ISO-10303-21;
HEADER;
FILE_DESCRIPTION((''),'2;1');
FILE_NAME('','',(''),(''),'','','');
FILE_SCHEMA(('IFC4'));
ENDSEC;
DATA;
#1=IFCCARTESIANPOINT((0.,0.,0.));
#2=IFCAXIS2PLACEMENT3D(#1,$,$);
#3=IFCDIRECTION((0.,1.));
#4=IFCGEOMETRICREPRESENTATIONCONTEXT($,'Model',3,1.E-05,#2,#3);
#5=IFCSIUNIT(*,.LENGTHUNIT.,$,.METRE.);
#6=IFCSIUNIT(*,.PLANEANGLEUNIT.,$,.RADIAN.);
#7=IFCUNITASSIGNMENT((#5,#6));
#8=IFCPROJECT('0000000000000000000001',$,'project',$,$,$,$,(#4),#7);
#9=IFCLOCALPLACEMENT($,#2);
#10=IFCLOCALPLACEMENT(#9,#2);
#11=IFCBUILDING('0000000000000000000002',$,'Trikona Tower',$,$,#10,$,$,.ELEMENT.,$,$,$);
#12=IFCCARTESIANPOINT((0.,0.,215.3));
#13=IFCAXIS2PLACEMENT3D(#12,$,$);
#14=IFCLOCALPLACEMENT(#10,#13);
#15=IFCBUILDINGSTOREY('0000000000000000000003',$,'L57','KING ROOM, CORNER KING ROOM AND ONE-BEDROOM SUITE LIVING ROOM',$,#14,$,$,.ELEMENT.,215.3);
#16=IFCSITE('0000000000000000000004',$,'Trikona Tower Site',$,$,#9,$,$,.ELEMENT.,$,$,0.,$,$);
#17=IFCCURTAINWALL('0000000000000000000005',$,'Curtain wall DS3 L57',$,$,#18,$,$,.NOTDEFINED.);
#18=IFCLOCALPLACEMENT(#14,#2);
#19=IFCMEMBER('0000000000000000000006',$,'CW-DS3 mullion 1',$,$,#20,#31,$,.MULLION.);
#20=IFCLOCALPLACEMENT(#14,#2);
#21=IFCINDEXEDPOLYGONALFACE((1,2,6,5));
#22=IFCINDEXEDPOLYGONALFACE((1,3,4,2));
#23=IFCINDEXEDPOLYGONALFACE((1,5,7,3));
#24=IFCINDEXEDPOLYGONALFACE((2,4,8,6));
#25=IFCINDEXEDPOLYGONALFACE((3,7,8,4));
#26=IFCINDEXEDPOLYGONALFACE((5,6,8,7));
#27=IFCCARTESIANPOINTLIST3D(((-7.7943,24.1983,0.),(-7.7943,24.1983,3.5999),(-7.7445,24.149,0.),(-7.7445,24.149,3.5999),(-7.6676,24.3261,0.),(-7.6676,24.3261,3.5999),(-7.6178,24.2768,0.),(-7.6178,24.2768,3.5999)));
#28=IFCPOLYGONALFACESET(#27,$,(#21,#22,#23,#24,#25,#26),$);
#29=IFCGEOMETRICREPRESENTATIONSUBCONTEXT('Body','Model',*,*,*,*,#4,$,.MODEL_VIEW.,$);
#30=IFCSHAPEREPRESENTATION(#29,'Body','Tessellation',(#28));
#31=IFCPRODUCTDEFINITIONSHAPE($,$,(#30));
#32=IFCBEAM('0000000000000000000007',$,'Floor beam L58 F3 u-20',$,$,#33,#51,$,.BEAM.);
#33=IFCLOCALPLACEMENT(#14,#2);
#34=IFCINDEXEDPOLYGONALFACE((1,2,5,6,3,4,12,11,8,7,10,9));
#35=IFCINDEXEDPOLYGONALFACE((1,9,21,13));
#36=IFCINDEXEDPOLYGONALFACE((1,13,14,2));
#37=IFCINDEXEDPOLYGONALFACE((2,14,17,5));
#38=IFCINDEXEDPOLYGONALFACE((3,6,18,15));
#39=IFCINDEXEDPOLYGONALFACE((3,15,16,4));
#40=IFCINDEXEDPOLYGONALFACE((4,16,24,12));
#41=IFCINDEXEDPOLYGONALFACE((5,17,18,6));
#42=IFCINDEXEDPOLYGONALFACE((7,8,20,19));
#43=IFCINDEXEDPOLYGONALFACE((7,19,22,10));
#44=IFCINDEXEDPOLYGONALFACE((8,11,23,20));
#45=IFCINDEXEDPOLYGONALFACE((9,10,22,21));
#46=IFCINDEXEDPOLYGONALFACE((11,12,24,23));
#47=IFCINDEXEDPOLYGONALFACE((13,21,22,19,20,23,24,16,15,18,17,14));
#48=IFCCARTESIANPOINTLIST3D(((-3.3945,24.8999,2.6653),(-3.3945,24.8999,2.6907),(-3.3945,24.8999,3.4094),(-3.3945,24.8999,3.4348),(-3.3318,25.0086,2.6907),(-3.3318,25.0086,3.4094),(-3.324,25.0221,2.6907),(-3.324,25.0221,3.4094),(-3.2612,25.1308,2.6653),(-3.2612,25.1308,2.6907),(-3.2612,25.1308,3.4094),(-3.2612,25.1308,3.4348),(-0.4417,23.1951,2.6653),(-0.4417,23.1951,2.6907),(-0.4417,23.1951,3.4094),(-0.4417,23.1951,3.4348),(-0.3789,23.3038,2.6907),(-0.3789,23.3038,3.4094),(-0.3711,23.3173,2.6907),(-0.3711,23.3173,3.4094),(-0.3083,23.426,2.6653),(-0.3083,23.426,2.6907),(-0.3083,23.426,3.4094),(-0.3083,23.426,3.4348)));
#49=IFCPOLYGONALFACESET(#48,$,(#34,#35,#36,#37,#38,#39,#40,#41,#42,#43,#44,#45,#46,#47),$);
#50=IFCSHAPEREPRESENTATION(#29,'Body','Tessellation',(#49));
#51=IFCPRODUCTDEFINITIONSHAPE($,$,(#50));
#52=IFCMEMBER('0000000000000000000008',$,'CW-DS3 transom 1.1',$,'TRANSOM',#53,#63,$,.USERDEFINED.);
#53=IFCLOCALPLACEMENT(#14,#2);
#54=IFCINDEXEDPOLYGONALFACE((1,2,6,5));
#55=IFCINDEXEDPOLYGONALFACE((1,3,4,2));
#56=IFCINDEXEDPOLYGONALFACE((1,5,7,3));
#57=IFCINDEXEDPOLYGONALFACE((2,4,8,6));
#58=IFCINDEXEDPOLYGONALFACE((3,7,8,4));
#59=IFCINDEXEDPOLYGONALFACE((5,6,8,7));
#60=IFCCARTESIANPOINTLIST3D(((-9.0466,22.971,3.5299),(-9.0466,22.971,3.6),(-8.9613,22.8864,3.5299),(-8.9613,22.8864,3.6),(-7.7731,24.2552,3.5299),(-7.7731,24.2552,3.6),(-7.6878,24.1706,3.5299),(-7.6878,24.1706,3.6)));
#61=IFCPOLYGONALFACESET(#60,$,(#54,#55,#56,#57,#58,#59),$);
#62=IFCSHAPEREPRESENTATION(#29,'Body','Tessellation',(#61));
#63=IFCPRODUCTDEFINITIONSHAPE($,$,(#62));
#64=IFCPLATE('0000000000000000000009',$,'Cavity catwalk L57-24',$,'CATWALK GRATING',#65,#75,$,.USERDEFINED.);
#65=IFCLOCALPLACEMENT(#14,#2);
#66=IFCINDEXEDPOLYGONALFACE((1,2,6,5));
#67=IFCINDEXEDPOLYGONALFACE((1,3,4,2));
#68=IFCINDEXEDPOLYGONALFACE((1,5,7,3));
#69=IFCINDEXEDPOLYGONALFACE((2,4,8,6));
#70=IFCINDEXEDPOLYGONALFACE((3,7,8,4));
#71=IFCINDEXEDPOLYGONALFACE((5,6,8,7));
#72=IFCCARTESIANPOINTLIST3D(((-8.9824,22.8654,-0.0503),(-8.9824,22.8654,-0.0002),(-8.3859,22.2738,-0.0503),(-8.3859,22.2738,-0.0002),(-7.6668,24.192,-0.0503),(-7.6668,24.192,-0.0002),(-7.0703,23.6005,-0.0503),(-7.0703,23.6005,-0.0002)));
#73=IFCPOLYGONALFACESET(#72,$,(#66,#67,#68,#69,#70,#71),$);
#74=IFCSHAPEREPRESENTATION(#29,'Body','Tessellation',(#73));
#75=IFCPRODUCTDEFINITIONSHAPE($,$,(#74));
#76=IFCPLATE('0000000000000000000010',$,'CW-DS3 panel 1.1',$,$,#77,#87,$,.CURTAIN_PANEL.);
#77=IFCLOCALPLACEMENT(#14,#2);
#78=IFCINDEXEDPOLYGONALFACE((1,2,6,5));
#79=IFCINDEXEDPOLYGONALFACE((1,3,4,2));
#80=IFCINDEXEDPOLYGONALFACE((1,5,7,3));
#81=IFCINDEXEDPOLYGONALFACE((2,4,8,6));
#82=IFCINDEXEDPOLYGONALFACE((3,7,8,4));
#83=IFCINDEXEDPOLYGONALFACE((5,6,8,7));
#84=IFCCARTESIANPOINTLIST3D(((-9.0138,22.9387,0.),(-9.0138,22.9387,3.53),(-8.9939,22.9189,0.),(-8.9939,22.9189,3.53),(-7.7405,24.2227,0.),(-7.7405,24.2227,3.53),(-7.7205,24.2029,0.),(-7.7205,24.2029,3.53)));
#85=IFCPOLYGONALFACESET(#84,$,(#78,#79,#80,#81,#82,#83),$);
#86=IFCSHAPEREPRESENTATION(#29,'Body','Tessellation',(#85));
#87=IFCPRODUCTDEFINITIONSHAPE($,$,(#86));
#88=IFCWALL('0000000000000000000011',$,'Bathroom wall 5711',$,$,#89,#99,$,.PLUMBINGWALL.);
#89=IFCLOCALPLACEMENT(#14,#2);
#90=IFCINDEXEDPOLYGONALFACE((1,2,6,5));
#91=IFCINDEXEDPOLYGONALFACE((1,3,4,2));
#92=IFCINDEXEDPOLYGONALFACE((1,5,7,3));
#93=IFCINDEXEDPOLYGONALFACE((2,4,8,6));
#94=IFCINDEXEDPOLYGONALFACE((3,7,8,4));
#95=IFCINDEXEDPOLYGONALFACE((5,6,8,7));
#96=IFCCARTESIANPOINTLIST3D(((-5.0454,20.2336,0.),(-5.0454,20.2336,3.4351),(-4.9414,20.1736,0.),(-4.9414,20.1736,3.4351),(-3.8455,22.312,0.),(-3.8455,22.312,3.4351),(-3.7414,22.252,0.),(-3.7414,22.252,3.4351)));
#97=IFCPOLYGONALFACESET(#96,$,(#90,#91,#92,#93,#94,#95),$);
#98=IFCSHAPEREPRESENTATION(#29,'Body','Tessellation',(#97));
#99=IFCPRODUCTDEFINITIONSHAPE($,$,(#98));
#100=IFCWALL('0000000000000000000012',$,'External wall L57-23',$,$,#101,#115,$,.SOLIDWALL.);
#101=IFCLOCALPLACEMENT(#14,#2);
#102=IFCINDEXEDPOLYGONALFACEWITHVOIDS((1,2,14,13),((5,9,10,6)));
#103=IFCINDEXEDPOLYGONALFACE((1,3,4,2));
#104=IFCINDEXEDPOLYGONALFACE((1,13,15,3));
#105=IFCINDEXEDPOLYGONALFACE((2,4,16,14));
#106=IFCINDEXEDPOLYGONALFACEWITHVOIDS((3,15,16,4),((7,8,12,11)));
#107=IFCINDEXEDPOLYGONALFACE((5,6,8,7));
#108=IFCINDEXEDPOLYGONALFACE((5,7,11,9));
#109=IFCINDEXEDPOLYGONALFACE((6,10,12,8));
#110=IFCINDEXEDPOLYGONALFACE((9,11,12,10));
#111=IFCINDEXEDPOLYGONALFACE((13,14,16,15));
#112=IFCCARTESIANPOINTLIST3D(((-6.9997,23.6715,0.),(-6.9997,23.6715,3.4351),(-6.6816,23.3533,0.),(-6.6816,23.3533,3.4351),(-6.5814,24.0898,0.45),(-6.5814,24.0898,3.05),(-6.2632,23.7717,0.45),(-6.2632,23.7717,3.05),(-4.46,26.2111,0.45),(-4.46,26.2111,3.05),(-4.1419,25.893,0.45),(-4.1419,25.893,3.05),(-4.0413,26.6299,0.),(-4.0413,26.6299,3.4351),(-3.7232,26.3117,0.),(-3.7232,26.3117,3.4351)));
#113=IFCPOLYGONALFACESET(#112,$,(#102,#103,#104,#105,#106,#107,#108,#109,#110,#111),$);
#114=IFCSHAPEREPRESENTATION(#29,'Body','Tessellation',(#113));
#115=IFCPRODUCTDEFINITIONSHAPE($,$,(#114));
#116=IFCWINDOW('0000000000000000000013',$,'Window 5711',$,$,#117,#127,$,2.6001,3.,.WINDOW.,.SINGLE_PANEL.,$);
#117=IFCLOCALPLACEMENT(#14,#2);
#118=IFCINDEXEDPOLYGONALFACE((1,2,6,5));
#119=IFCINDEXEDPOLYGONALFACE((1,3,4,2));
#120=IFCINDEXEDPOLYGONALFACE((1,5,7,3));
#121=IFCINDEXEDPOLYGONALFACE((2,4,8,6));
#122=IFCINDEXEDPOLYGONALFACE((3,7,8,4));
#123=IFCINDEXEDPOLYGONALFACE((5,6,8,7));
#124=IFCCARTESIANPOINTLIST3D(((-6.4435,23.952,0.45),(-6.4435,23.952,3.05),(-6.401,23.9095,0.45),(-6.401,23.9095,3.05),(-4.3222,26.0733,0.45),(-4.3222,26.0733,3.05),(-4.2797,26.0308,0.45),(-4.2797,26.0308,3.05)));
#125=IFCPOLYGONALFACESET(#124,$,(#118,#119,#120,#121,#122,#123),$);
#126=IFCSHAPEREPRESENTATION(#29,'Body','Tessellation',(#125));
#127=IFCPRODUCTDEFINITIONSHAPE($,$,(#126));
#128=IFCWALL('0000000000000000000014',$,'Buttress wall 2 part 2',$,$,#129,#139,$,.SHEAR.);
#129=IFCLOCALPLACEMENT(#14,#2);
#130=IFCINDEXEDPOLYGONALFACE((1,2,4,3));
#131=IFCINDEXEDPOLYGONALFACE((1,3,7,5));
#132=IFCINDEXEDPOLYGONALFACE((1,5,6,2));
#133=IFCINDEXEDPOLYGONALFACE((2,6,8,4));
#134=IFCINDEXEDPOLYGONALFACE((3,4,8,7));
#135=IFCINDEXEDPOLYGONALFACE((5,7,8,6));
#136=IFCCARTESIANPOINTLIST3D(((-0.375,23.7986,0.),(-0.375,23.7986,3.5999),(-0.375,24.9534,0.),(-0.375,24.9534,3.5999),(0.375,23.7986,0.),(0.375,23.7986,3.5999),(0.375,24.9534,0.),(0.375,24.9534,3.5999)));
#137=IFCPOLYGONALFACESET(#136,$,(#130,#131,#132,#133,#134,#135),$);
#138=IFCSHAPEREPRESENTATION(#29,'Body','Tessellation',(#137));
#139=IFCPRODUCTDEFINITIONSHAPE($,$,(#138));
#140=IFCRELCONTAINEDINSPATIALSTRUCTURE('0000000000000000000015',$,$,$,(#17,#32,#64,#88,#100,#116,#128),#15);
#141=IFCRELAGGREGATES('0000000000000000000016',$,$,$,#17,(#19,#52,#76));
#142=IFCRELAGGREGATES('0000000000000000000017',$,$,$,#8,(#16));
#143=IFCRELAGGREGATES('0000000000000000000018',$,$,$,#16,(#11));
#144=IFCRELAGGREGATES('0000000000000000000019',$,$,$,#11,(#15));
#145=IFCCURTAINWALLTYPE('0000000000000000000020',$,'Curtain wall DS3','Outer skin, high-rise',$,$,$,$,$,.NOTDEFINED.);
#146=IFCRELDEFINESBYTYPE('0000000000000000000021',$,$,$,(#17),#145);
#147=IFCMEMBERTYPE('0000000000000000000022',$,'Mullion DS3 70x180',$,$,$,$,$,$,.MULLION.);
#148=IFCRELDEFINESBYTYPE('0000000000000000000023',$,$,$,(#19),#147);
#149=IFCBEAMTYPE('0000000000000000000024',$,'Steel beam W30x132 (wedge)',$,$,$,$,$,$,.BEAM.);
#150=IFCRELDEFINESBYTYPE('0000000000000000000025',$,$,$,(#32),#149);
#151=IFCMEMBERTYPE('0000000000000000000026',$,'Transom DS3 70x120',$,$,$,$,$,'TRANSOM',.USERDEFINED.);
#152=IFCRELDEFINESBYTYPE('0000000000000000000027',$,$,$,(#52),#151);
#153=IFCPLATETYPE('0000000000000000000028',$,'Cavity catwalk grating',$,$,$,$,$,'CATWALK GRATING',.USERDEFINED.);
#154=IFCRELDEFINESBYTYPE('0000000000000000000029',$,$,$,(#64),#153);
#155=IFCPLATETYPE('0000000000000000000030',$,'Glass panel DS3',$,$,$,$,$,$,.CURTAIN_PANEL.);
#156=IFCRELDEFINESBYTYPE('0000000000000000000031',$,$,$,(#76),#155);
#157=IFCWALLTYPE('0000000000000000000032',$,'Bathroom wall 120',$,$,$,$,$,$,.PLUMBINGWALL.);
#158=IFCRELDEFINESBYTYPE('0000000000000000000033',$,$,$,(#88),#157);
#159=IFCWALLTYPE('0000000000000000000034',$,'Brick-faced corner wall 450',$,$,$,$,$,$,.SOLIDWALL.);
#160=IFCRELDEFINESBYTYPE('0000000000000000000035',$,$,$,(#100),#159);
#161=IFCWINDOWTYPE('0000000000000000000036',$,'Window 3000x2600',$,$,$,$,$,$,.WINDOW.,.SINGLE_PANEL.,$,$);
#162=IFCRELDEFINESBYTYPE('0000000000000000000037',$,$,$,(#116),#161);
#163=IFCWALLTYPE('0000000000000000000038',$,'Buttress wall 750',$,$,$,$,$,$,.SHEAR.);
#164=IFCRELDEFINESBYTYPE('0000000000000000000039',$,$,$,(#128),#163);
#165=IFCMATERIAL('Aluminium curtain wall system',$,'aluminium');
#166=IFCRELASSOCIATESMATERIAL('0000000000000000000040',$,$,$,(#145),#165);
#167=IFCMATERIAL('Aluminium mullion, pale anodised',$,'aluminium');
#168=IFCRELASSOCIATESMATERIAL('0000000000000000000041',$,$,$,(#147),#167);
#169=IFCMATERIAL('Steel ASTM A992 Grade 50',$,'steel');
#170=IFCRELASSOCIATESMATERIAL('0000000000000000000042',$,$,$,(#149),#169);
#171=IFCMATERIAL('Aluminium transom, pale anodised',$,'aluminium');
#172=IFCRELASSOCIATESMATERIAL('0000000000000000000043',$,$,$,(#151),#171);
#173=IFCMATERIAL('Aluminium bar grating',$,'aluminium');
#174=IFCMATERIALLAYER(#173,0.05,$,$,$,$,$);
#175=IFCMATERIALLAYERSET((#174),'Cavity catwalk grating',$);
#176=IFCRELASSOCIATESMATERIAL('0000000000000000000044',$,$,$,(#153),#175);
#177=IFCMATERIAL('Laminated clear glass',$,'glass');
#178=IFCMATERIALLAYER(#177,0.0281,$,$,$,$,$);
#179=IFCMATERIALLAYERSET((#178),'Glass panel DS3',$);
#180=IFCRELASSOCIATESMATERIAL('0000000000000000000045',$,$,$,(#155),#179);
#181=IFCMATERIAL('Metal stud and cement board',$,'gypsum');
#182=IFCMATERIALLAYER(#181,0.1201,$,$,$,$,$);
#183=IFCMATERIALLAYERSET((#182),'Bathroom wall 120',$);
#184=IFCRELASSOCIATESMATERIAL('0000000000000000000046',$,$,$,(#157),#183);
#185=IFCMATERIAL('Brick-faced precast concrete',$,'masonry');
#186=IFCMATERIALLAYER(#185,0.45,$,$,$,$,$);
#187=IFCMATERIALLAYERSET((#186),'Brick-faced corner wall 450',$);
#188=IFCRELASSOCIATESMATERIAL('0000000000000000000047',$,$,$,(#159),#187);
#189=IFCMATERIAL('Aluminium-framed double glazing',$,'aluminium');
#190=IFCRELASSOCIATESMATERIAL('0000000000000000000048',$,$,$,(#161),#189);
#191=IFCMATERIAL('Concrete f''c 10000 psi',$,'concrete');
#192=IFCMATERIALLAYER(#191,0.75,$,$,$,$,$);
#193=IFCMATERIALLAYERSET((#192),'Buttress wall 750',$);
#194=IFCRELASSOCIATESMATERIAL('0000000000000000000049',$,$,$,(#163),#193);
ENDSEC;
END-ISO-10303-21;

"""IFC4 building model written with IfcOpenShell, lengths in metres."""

from ifc_helpers import new_model, si_unit, direction, frame, frame_2d, origin, origin_2d, place, context, subcontext, project, spatial, rectangle, i_section, extrude, material, layer, layer_set, material_profile, profile_set, type_object, element, fill, aggregate, save


model = new_model("IFC4")

# Units and contexts
model_context = context("Model", 3, precision=1e-05, world=origin(), true_north=direction((0.0, 1.0)))
body_context = subcontext(model_context, "Body", "Model", "MODEL_VIEW")
ifc_project = project(units=[si_unit("LENGTHUNIT", "METRE"), si_unit("PLANEANGLEUNIT", "RADIAN")], contexts=[model_context])

# Site, building, storey
site_placement = place(None, origin())
site = spatial("IfcSite", under=ifc_project, at=site_placement, Name="Trikona Tower Site", CompositionType="ELEMENT", RefElevation=0.0)
building_placement = place(site_placement, origin())
building = spatial("IfcBuilding", under=site, at=building_placement, Name="Trikona Tower", CompositionType="ELEMENT")
storey_placement = place(building_placement, frame((0.0, 0.0, 215.3)))
storey = spatial("IfcBuildingStorey", under=building, at=storey_placement, Name="L57", Description="KING ROOM, CORNER KING ROOM AND ONE-BEDROOM SUITE LIVING ROOM", CompositionType="ELEMENT", Elevation=215.3)

# Curtain wall, member
ifc_material_1 = material(Name="Aluminium curtain wall system", Category="aluminium")
curtain_wall_type = type_object("IfcCurtainWallType", Name="Curtain wall DS3", Description="Outer skin, high-rise", PredefinedType="NOTDEFINED", material=ifc_material_1)
curtain_wall_placement = place(storey_placement, origin())
curtain_wall = element("IfcCurtainWall", 1, at=curtain_wall_placement, inside=storey, type_object=curtain_wall_type, Name="Curtain wall DS3 L57", PredefinedType="NOTDEFINED")
ifc_material_2 = material(Name="Aluminium mullion, pale anodised", Category="aluminium")
ifc_material_profile_1 = material_profile(ifc_material_2, rectangle(XDim=0.0701, YDim=0.1799, at=origin_2d()), Name="MUL-DS3")
ifc_profile_set_1 = profile_set([ifc_material_profile_1], Name="Aluminium mullion, pale anodised")
member_type_1 = type_object("IfcMemberType", Name="Mullion DS3 70x180", PredefinedType="MULLION", material=ifc_profile_set_1)
member_1_placement = place(storey_placement, frame((-7.7061, 24.2375, 0.0), z_axis=(0.0, 0.0, 1.0), x_axis=(0.710052, -0.704149, 0.0)))
member_1 = element("IfcMember", 2, at=member_1_placement, type_object=member_type_1, Name="CW-DS3 mullion 1", PredefinedType="MULLION", context=body_context, shape_type="SweptSolid", body=[
    extrude(rectangle(XDim=0.0701, YDim=0.1799, at=origin_2d()), origin(), (0.0, 0.0, 1.0), 3.5999),
])

# Beam
ifc_material_3 = material(Name="Steel ASTM A992 Grade 50", Category="steel")
ifc_material_profile_2 = material_profile(ifc_material_3, i_section(OverallWidth=0.2666, OverallDepth=0.7695, WebThickness=0.0156, FlangeThickness=0.0254, at=origin_2d()), Name="W30X132")
ifc_profile_set_2 = profile_set([ifc_material_profile_2], Name="Steel ASTM A992 Grade 50")
beam_type = type_object("IfcBeamType", Name="Steel beam W30x132 (wedge)", PredefinedType="BEAM", material=ifc_profile_set_2)
beam_placement = place(storey_placement, frame((-0.375, 23.3105, 3.05), z_axis=(-0.866027, 0.499997, 0.0), x_axis=(-0.499997, -0.866027, 0.0)))
element("IfcBeam", 3, at=beam_placement, inside=storey, type_object=beam_type, Name="Floor beam L58 F3 u-20", PredefinedType="BEAM", context=body_context, shape_type="SweptSolid", body=[
    extrude(i_section(OverallWidth=0.2666, OverallDepth=0.7695, WebThickness=0.0156, FlangeThickness=0.0254, at=origin_2d()), origin(), (0.0, 0.0, 1.0), 3.4097),
])

# Member
ifc_material_4 = material(Name="Aluminium transom, pale anodised", Category="aluminium")
ifc_material_profile_3 = material_profile(ifc_material_4, rectangle(XDim=0.1201, YDim=0.0701, at=origin_2d()), Name="TRN-DS3")
ifc_profile_set_3 = profile_set([ifc_material_profile_3], Name="Aluminium transom, pale anodised")
member_type_2 = type_object("IfcMemberType", Name="Transom DS3 70x120", ElementType="TRANSOM", PredefinedType="USERDEFINED", material=ifc_profile_set_3)
member_2_placement = place(storey_placement, frame((-7.7305, 24.2129, 3.5649), z_axis=(-0.704131, -0.71007, 0.0), x_axis=(0.71007, -0.704131, 0.0)))
member_2 = element("IfcMember", 4, at=member_2_placement, type_object=member_type_2, Name="CW-DS3 transom 1.1", ObjectType="TRANSOM", PredefinedType="USERDEFINED", context=body_context, shape_type="SweptSolid", body=[
    extrude(rectangle(XDim=0.1201, YDim=0.0701, at=origin_2d()), origin(), (0.0, 0.0, 1.0), 1.8086),
])

# Plates
ifc_material_5 = material(Name="Aluminium bar grating", Category="aluminium")
ifc_layer_1 = layer(ifc_material_5, 0.05)
ifc_layer_set_1 = layer_set([ifc_layer_1], Name="Cavity catwalk grating")
plate_type_1 = type_object("IfcPlateType", Name="Cavity catwalk grating", ElementType="CATWALK GRATING", PredefinedType="USERDEFINED", material=ifc_layer_set_1)
plate_1_placement = place(storey_placement, frame((-8.0264, 23.2329, -0.0503), z_axis=(0.0, 0.0, 1.0), x_axis=(-0.704151, -0.71005, 0.0)))
element("IfcPlate", 5, at=plate_1_placement, inside=storey, type_object=plate_type_1, Name="Cavity catwalk L57-24", ObjectType="CATWALK GRATING", PredefinedType="USERDEFINED", context=body_context, shape_type="SweptSolid", body=[
    extrude(rectangle(XDim=1.8684, YDim=0.8401, at=origin_2d()), origin(), (0.0, 0.0, 1.0), 0.05),
])
ifc_material_6 = material(Name="Laminated clear glass", Category="glass")
ifc_layer_2 = layer(ifc_material_6, 0.0281)
ifc_layer_set_2 = layer_set([ifc_layer_2], Name="Glass panel DS3")
plate_type_2 = type_object("IfcPlateType", Name="Glass panel DS3", PredefinedType="CURTAIN_PANEL", material=ifc_layer_set_2)
plate_2_placement = place(storey_placement, frame((-8.3672, 23.5708, 0.0), z_axis=(0.0, 0.0, 1.0), x_axis=(-0.704149, -0.710052, 0.0)))
plate_2 = element("IfcPlate", 6, at=plate_2_placement, type_object=plate_type_2, Name="CW-DS3 panel 1.1", PredefinedType="CURTAIN_PANEL", context=body_context, shape_type="SweptSolid", body=[
    extrude(rectangle(XDim=1.8083, YDim=0.0281, at=origin_2d()), origin(), (0.0, 0.0, 1.0), 3.53),
])
aggregate(curtain_wall, [member_1, member_2, plate_2])

# Wall
ifc_material_7 = material(Name="Metal stud and cement board", Category="gypsum")
ifc_layer_3 = layer(ifc_material_7, 0.1201)
ifc_layer_set_3 = layer_set([ifc_layer_3], Name="Bathroom wall 120")
wall_type_1 = type_object("IfcWallType", Name="Bathroom wall 120", PredefinedType="PLUMBINGWALL", material=ifc_layer_set_3)
wall_1_placement = place(storey_placement, frame((-3.7935, 22.282, 0.0), z_axis=(0.0, 0.0, 1.0), x_axis=(-0.500001, -0.866025, 0.0)))
element("IfcWall", 7, at=wall_1_placement, inside=storey, type_object=wall_type_1, Name="Bathroom wall 5711", PredefinedType="PLUMBINGWALL", context=body_context, shape_type="SweptSolid", body=[
    extrude(rectangle(XDim=2.3999, YDim=0.1201, at=frame_2d((1.2, 0.0))), origin(), (0.0, 0.0, 1.0), 3.4351),
])

# Wall, opening, window
ifc_material_8 = material(Name="Brick-faced precast concrete", Category="masonry")
ifc_layer_4 = layer(ifc_material_8, 0.45)
ifc_layer_set_4 = layer_set([ifc_layer_4], Name="Brick-faced corner wall 450")
wall_type_2 = type_object("IfcWallType", Name="Brick-faced corner wall 450", PredefinedType="SOLIDWALL", material=ifc_layer_set_4)
wall_2_placement = place(storey_placement, frame((-3.8823, 26.4707, 0.0), z_axis=(0.0, 0.0, 1.0), x_axis=(-0.707107, -0.707107, 0.0)))
wall_2 = element("IfcWall", 8, at=wall_2_placement, inside=storey, type_object=wall_type_2, Name="External wall L57-23", PredefinedType="SOLIDWALL", context=body_context, shape_type="SweptSolid", body=[
    extrude(rectangle(XDim=4.1838, YDim=0.45, at=frame_2d((2.0918, 0.0))), origin(), (0.0, 0.0, 1.0), 3.4351),
])
opening_1_placement = place(wall_2_placement, frame((0.592, 0.0, 0.45)))
opening_1 = element("IfcOpeningElement", 9, at=opening_1_placement, cuts=wall_2, PredefinedType="OPENING", context=body_context, shape_type="SweptSolid", body=[
    extrude(rectangle(XDim=3.0, YDim=2.6001, at=frame_2d((1.5, 1.3))), frame((0.0, 0.2349, 0.0), z_axis=(0.0, -1.0, 0.0), x_axis=(1.0, 0.0, 0.0)), (0.0, 0.0, 1.0), 0.47),
])
ifc_material_9 = material(Name="Aluminium-framed double glazing", Category="aluminium")
window_type_1 = type_object("IfcWindowType", Name="Window 3000x2600", PartitioningType="SINGLE_PANEL", PredefinedType="WINDOW", material=ifc_material_9)
window_1_placement = place(opening_1_placement, origin())
window_1 = element("IfcWindow", 10, at=window_1_placement, inside=storey, type_object=window_type_1, Name="Window 5711", OverallHeight=2.6001, OverallWidth=3.0, PartitioningType="SINGLE_PANEL", PredefinedType="WINDOW", context=body_context, shape_type="SweptSolid", body=[
    extrude(rectangle(XDim=3.0, YDim=2.6001, at=frame_2d((1.5, 1.3))), frame((0.0, 0.03, 0.0), z_axis=(0.0, -1.0, 0.0), x_axis=(1.0, 0.0, 0.0)), (0.0, 0.0, 1.0), 0.0601),
])
fill(opening_1, window_1)

# Wall
ifc_material_10 = material(Name="Concrete f'c 10000 psi", Category="concrete")
ifc_layer_5 = layer(ifc_material_10, 0.75)
ifc_layer_set_5 = layer_set([ifc_layer_5], Name="Buttress wall 750")
wall_type_3 = type_object("IfcWallType", Name="Buttress wall 750", PredefinedType="SHEAR", material=ifc_layer_set_5)
wall_3_placement = place(storey_placement, frame((0.0, 23.7986, 0.0), z_axis=(0.0, 0.0, 1.0), x_axis=(0.0, 1.0, 0.0)))
element("IfcWall", 11, at=wall_3_placement, inside=storey, type_object=wall_type_3, Name="Buttress wall 2 part 2", PredefinedType="SHEAR", context=body_context, shape_type="SweptSolid", body=[
    extrude(rectangle(XDim=1.1548, YDim=0.75, at=frame_2d((0.5774, 0.0))), origin(), (0.0, 0.0, 1.0), 3.5999),
])

save(model, "model.ifc")
